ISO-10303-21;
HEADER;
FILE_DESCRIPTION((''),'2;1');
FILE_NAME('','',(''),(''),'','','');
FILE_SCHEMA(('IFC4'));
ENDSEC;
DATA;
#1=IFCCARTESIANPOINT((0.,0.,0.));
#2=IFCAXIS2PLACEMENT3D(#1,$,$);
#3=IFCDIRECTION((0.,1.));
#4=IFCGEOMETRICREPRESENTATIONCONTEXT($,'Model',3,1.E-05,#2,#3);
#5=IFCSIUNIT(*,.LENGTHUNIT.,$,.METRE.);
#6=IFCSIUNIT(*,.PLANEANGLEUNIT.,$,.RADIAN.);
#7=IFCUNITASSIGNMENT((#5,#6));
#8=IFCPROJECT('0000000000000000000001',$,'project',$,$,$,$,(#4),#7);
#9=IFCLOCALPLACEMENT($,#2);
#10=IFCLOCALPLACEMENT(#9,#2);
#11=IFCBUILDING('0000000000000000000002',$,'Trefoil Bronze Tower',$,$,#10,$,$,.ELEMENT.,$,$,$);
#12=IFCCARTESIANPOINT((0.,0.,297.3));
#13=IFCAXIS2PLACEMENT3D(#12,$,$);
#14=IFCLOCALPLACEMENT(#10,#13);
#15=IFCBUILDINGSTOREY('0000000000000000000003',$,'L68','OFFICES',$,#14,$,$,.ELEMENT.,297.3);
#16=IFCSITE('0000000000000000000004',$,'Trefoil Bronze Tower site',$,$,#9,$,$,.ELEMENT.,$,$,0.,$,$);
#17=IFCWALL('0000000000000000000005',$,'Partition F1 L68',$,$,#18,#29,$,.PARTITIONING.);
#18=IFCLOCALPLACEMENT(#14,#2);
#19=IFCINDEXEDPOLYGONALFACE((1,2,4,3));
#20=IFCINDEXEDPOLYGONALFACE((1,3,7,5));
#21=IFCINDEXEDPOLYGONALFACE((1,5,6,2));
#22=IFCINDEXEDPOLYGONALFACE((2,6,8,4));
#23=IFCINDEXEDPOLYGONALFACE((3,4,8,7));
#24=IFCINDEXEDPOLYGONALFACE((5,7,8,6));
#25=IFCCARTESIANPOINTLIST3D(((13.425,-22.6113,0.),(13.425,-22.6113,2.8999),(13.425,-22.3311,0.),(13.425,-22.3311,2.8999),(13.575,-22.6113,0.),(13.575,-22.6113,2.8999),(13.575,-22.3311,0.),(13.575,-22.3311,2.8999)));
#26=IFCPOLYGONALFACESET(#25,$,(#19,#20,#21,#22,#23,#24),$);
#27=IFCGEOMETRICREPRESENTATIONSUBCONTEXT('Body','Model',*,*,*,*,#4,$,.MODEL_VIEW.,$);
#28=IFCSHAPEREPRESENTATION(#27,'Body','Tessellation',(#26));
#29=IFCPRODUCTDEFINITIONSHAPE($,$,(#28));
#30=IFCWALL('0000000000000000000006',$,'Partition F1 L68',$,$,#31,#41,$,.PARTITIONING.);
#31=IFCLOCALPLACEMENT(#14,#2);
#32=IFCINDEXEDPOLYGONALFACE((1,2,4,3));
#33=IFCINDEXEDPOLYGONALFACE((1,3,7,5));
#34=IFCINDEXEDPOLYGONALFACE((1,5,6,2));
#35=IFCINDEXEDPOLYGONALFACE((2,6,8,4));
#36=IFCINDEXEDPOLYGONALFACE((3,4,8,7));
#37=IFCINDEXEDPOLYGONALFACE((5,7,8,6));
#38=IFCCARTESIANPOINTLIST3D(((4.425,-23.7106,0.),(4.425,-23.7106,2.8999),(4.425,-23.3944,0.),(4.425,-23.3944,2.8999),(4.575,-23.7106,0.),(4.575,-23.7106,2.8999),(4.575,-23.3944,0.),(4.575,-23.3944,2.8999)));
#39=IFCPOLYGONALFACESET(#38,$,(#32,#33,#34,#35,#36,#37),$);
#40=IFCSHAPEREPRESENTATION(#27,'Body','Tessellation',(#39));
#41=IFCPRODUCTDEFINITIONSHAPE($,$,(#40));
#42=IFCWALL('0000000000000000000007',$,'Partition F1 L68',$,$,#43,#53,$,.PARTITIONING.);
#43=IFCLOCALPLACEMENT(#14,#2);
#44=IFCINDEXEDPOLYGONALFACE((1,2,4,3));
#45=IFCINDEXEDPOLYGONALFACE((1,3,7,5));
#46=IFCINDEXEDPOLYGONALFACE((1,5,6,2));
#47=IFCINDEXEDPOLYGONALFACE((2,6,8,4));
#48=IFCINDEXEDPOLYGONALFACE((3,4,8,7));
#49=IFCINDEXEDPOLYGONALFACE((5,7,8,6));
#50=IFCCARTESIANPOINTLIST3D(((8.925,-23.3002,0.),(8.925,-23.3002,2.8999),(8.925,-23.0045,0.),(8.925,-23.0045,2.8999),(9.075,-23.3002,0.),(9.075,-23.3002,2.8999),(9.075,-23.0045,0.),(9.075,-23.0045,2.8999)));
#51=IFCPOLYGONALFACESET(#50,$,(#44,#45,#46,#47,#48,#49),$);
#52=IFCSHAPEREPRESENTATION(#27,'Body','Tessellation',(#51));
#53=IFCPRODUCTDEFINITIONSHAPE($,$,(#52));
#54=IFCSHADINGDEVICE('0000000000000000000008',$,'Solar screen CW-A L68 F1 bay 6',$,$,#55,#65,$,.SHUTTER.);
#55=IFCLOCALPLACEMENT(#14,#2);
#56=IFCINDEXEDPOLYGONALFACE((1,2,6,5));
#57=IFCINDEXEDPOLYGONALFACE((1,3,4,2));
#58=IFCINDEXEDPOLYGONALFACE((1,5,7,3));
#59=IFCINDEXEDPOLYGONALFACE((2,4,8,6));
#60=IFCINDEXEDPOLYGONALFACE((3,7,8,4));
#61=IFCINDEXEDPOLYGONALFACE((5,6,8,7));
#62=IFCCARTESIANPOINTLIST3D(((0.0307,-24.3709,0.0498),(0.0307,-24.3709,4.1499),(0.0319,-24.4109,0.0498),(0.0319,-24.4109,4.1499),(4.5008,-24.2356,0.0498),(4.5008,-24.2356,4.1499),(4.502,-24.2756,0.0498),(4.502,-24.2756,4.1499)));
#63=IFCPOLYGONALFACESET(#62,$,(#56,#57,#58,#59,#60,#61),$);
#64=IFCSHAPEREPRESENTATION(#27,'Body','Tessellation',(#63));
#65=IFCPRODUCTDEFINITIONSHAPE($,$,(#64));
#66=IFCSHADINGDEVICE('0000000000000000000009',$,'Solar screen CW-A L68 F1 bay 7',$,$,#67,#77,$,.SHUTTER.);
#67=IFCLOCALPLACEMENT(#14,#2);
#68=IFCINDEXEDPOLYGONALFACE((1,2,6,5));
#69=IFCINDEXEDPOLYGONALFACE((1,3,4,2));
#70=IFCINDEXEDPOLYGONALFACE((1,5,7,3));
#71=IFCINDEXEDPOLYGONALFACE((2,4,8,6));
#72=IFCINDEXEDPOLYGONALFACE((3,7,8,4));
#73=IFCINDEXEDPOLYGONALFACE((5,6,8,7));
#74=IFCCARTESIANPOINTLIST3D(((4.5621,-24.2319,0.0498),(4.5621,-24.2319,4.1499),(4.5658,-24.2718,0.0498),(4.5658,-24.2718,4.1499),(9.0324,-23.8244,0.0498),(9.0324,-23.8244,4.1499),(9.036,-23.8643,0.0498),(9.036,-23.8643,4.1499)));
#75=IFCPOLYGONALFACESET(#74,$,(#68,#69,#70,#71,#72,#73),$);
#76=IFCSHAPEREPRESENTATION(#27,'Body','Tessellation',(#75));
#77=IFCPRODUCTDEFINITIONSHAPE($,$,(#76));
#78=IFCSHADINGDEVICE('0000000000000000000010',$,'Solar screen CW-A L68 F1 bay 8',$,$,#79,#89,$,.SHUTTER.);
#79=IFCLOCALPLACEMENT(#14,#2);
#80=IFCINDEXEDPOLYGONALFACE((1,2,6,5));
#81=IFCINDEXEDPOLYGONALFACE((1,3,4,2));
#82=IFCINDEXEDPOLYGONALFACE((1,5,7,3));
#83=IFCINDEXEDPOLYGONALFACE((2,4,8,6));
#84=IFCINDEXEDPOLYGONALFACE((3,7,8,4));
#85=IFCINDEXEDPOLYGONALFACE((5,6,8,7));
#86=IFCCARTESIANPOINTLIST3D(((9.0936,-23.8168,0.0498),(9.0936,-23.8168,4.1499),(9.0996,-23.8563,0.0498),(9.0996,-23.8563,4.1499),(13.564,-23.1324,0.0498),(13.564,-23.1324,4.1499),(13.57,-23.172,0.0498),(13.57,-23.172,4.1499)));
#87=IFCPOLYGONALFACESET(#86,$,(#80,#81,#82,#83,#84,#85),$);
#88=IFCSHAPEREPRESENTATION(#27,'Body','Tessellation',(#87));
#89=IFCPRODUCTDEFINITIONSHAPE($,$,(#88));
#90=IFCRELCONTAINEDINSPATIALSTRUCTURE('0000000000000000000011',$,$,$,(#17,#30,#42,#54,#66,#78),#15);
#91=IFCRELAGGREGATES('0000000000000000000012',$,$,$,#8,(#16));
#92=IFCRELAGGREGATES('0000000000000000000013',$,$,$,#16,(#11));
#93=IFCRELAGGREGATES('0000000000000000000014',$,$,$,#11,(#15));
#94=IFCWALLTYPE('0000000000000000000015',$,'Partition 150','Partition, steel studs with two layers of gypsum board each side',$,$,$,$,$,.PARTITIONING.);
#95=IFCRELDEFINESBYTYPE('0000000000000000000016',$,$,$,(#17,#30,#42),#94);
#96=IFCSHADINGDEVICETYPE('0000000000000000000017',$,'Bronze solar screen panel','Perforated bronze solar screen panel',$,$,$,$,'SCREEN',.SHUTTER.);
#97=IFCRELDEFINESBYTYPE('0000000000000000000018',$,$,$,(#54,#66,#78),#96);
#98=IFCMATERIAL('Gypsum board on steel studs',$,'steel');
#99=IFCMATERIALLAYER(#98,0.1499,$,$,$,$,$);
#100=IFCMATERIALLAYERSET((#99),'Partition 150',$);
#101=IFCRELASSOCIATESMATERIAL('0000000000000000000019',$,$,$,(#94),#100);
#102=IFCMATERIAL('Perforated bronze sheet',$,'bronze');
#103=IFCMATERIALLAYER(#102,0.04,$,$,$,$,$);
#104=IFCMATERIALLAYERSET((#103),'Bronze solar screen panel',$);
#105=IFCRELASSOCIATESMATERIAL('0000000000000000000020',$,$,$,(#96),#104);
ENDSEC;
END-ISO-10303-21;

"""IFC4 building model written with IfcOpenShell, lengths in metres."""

from ifc_helpers import new_model, si_unit, direction, frame, frame_2d, origin, origin_2d, place, context, subcontext, project, spatial, rectangle, extrude, material, layer, layer_set, type_object, element, save


model = new_model("IFC4")

# Units and contexts
model_context = context("Model", 3, precision=1e-05, world=origin(), true_north=direction((0.0, 1.0)))
body_context = subcontext(model_context, "Body", "Model", "MODEL_VIEW")
ifc_project = project(units=[si_unit("LENGTHUNIT", "METRE"), si_unit("PLANEANGLEUNIT", "RADIAN")], contexts=[model_context])

# Site, building, storey
site_placement = place(None, origin())
site = spatial("IfcSite", under=ifc_project, at=site_placement, Name="Trefoil Bronze Tower site", CompositionType="ELEMENT", RefElevation=0.0)
building_placement = place(site_placement, origin())
building = spatial("IfcBuilding", under=site, at=building_placement, Name="Trefoil Bronze Tower", CompositionType="ELEMENT")
storey_placement = place(building_placement, frame((0.0, 0.0, 297.3)))
storey = spatial("IfcBuildingStorey", under=building, at=storey_placement, Name="L68", Description="OFFICES", CompositionType="ELEMENT", Elevation=297.3)

# Walls
ifc_material_1 = material(Name="Gypsum board on steel studs", Category="steel")
ifc_layer_1 = layer(ifc_material_1, 0.1499)
ifc_layer_set_1 = layer_set([ifc_layer_1], Name="Partition 150")
wall_type_1 = type_object("IfcWallType", Name="Partition 150", Description="Partition, steel studs with two layers of gypsum board each side", PredefinedType="PARTITIONING", material=ifc_layer_set_1)
wall_1_placement = place(storey_placement, frame((13.5, -22.3311, 0.0), z_axis=(0.0, 0.0, 1.0), x_axis=(0.0, -1.0, 0.0)))
element("IfcWall", 1, at=wall_1_placement, inside=storey, type_object=wall_type_1, Name="Partition F1 L68", PredefinedType="PARTITIONING", context=body_context, shape_type="SweptSolid", body=[
    extrude(rectangle(XDim=0.2803, YDim=0.1499, at=frame_2d((0.1401, 0.0))), origin(), (0.0, 0.0, 1.0), 2.8999),
])
wall_2_placement = place(storey_placement, frame((4.5, -23.3943, 0.0), z_axis=(0.0, 0.0, 1.0), x_axis=(0.0, -1.0, 0.0)))
element("IfcWall", 2, at=wall_2_placement, inside=storey, type_object=wall_type_1, Name="Partition F1 L68", PredefinedType="PARTITIONING", context=body_context, shape_type="SweptSolid", body=[
    extrude(rectangle(XDim=0.3162, YDim=0.1499, at=frame_2d((0.1582, 0.0))), origin(), (0.0, 0.0, 1.0), 2.8999),
])
wall_3_placement = place(storey_placement, frame((9.0, -23.0044, 0.0), z_axis=(0.0, 0.0, 1.0), x_axis=(0.0, -1.0, 0.0)))
element("IfcWall", 3, at=wall_3_placement, inside=storey, type_object=wall_type_1, Name="Partition F1 L68", PredefinedType="PARTITIONING", context=body_context, shape_type="SweptSolid", body=[
    extrude(rectangle(XDim=0.2957, YDim=0.1499, at=frame_2d((0.1479, 0.0))), origin(), (0.0, 0.0, 1.0), 2.8999),
])

# Shading devices
ifc_material_2 = material(Name="Perforated bronze sheet", Category="bronze")
ifc_layer_2 = layer(ifc_material_2, 0.04)
ifc_layer_set_2 = layer_set([ifc_layer_2], Name="Bronze solar screen panel")
shading_device_type = type_object("IfcShadingDeviceType", Name="Bronze solar screen panel", Description="Perforated bronze solar screen panel", ElementType="SCREEN", PredefinedType="SHUTTER", material=ifc_layer_set_2)
shading_device_1_placement = place(storey_placement, frame((2.2664, -24.3232, 0.0498), z_axis=(0.0, 0.0, 1.0), x_axis=(0.999542, 0.030263, 0.0)))
element("IfcShadingDevice", 4, at=shading_device_1_placement, inside=storey, type_object=shading_device_type, Name="Solar screen CW-A L68 F1 bay 6", PredefinedType="SHUTTER", context=body_context, shape_type="SweptSolid", body=[
    extrude(rectangle(XDim=4.4722, YDim=0.04, at=origin_2d()), origin(), (0.0, 0.0, 1.0), 4.1001),
])
shading_device_2_placement = place(storey_placement, frame((6.7991, -24.0481, 0.0498), z_axis=(0.0, 0.0, 1.0), x_axis=(0.99587, 0.090789, 0.0)))
element("IfcShadingDevice", 5, at=shading_device_2_placement, inside=storey, type_object=shading_device_type, Name="Solar screen CW-A L68 F1 bay 7", PredefinedType="SHUTTER", context=body_context, shape_type="SweptSolid", body=[
    extrude(rectangle(XDim=4.4888, YDim=0.04, at=origin_2d()), origin(), (0.0, 0.0, 1.0), 4.1001),
])
shading_device_3_placement = place(storey_placement, frame((11.3318, -23.4944, 0.0498), z_axis=(0.0, 0.0, 1.0), x_axis=(0.988485, 0.151317, 0.0)))
element("IfcShadingDevice", 6, at=shading_device_3_placement, inside=storey, type_object=shading_device_type, Name="Solar screen CW-A L68 F1 bay 8", PredefinedType="SHUTTER", context=body_context, shape_type="SweptSolid", body=[
    extrude(rectangle(XDim=4.5225, YDim=0.04, at=origin_2d()), origin(), (0.0, 0.0, 1.0), 4.1001),
])

save(model, "model.ifc")
